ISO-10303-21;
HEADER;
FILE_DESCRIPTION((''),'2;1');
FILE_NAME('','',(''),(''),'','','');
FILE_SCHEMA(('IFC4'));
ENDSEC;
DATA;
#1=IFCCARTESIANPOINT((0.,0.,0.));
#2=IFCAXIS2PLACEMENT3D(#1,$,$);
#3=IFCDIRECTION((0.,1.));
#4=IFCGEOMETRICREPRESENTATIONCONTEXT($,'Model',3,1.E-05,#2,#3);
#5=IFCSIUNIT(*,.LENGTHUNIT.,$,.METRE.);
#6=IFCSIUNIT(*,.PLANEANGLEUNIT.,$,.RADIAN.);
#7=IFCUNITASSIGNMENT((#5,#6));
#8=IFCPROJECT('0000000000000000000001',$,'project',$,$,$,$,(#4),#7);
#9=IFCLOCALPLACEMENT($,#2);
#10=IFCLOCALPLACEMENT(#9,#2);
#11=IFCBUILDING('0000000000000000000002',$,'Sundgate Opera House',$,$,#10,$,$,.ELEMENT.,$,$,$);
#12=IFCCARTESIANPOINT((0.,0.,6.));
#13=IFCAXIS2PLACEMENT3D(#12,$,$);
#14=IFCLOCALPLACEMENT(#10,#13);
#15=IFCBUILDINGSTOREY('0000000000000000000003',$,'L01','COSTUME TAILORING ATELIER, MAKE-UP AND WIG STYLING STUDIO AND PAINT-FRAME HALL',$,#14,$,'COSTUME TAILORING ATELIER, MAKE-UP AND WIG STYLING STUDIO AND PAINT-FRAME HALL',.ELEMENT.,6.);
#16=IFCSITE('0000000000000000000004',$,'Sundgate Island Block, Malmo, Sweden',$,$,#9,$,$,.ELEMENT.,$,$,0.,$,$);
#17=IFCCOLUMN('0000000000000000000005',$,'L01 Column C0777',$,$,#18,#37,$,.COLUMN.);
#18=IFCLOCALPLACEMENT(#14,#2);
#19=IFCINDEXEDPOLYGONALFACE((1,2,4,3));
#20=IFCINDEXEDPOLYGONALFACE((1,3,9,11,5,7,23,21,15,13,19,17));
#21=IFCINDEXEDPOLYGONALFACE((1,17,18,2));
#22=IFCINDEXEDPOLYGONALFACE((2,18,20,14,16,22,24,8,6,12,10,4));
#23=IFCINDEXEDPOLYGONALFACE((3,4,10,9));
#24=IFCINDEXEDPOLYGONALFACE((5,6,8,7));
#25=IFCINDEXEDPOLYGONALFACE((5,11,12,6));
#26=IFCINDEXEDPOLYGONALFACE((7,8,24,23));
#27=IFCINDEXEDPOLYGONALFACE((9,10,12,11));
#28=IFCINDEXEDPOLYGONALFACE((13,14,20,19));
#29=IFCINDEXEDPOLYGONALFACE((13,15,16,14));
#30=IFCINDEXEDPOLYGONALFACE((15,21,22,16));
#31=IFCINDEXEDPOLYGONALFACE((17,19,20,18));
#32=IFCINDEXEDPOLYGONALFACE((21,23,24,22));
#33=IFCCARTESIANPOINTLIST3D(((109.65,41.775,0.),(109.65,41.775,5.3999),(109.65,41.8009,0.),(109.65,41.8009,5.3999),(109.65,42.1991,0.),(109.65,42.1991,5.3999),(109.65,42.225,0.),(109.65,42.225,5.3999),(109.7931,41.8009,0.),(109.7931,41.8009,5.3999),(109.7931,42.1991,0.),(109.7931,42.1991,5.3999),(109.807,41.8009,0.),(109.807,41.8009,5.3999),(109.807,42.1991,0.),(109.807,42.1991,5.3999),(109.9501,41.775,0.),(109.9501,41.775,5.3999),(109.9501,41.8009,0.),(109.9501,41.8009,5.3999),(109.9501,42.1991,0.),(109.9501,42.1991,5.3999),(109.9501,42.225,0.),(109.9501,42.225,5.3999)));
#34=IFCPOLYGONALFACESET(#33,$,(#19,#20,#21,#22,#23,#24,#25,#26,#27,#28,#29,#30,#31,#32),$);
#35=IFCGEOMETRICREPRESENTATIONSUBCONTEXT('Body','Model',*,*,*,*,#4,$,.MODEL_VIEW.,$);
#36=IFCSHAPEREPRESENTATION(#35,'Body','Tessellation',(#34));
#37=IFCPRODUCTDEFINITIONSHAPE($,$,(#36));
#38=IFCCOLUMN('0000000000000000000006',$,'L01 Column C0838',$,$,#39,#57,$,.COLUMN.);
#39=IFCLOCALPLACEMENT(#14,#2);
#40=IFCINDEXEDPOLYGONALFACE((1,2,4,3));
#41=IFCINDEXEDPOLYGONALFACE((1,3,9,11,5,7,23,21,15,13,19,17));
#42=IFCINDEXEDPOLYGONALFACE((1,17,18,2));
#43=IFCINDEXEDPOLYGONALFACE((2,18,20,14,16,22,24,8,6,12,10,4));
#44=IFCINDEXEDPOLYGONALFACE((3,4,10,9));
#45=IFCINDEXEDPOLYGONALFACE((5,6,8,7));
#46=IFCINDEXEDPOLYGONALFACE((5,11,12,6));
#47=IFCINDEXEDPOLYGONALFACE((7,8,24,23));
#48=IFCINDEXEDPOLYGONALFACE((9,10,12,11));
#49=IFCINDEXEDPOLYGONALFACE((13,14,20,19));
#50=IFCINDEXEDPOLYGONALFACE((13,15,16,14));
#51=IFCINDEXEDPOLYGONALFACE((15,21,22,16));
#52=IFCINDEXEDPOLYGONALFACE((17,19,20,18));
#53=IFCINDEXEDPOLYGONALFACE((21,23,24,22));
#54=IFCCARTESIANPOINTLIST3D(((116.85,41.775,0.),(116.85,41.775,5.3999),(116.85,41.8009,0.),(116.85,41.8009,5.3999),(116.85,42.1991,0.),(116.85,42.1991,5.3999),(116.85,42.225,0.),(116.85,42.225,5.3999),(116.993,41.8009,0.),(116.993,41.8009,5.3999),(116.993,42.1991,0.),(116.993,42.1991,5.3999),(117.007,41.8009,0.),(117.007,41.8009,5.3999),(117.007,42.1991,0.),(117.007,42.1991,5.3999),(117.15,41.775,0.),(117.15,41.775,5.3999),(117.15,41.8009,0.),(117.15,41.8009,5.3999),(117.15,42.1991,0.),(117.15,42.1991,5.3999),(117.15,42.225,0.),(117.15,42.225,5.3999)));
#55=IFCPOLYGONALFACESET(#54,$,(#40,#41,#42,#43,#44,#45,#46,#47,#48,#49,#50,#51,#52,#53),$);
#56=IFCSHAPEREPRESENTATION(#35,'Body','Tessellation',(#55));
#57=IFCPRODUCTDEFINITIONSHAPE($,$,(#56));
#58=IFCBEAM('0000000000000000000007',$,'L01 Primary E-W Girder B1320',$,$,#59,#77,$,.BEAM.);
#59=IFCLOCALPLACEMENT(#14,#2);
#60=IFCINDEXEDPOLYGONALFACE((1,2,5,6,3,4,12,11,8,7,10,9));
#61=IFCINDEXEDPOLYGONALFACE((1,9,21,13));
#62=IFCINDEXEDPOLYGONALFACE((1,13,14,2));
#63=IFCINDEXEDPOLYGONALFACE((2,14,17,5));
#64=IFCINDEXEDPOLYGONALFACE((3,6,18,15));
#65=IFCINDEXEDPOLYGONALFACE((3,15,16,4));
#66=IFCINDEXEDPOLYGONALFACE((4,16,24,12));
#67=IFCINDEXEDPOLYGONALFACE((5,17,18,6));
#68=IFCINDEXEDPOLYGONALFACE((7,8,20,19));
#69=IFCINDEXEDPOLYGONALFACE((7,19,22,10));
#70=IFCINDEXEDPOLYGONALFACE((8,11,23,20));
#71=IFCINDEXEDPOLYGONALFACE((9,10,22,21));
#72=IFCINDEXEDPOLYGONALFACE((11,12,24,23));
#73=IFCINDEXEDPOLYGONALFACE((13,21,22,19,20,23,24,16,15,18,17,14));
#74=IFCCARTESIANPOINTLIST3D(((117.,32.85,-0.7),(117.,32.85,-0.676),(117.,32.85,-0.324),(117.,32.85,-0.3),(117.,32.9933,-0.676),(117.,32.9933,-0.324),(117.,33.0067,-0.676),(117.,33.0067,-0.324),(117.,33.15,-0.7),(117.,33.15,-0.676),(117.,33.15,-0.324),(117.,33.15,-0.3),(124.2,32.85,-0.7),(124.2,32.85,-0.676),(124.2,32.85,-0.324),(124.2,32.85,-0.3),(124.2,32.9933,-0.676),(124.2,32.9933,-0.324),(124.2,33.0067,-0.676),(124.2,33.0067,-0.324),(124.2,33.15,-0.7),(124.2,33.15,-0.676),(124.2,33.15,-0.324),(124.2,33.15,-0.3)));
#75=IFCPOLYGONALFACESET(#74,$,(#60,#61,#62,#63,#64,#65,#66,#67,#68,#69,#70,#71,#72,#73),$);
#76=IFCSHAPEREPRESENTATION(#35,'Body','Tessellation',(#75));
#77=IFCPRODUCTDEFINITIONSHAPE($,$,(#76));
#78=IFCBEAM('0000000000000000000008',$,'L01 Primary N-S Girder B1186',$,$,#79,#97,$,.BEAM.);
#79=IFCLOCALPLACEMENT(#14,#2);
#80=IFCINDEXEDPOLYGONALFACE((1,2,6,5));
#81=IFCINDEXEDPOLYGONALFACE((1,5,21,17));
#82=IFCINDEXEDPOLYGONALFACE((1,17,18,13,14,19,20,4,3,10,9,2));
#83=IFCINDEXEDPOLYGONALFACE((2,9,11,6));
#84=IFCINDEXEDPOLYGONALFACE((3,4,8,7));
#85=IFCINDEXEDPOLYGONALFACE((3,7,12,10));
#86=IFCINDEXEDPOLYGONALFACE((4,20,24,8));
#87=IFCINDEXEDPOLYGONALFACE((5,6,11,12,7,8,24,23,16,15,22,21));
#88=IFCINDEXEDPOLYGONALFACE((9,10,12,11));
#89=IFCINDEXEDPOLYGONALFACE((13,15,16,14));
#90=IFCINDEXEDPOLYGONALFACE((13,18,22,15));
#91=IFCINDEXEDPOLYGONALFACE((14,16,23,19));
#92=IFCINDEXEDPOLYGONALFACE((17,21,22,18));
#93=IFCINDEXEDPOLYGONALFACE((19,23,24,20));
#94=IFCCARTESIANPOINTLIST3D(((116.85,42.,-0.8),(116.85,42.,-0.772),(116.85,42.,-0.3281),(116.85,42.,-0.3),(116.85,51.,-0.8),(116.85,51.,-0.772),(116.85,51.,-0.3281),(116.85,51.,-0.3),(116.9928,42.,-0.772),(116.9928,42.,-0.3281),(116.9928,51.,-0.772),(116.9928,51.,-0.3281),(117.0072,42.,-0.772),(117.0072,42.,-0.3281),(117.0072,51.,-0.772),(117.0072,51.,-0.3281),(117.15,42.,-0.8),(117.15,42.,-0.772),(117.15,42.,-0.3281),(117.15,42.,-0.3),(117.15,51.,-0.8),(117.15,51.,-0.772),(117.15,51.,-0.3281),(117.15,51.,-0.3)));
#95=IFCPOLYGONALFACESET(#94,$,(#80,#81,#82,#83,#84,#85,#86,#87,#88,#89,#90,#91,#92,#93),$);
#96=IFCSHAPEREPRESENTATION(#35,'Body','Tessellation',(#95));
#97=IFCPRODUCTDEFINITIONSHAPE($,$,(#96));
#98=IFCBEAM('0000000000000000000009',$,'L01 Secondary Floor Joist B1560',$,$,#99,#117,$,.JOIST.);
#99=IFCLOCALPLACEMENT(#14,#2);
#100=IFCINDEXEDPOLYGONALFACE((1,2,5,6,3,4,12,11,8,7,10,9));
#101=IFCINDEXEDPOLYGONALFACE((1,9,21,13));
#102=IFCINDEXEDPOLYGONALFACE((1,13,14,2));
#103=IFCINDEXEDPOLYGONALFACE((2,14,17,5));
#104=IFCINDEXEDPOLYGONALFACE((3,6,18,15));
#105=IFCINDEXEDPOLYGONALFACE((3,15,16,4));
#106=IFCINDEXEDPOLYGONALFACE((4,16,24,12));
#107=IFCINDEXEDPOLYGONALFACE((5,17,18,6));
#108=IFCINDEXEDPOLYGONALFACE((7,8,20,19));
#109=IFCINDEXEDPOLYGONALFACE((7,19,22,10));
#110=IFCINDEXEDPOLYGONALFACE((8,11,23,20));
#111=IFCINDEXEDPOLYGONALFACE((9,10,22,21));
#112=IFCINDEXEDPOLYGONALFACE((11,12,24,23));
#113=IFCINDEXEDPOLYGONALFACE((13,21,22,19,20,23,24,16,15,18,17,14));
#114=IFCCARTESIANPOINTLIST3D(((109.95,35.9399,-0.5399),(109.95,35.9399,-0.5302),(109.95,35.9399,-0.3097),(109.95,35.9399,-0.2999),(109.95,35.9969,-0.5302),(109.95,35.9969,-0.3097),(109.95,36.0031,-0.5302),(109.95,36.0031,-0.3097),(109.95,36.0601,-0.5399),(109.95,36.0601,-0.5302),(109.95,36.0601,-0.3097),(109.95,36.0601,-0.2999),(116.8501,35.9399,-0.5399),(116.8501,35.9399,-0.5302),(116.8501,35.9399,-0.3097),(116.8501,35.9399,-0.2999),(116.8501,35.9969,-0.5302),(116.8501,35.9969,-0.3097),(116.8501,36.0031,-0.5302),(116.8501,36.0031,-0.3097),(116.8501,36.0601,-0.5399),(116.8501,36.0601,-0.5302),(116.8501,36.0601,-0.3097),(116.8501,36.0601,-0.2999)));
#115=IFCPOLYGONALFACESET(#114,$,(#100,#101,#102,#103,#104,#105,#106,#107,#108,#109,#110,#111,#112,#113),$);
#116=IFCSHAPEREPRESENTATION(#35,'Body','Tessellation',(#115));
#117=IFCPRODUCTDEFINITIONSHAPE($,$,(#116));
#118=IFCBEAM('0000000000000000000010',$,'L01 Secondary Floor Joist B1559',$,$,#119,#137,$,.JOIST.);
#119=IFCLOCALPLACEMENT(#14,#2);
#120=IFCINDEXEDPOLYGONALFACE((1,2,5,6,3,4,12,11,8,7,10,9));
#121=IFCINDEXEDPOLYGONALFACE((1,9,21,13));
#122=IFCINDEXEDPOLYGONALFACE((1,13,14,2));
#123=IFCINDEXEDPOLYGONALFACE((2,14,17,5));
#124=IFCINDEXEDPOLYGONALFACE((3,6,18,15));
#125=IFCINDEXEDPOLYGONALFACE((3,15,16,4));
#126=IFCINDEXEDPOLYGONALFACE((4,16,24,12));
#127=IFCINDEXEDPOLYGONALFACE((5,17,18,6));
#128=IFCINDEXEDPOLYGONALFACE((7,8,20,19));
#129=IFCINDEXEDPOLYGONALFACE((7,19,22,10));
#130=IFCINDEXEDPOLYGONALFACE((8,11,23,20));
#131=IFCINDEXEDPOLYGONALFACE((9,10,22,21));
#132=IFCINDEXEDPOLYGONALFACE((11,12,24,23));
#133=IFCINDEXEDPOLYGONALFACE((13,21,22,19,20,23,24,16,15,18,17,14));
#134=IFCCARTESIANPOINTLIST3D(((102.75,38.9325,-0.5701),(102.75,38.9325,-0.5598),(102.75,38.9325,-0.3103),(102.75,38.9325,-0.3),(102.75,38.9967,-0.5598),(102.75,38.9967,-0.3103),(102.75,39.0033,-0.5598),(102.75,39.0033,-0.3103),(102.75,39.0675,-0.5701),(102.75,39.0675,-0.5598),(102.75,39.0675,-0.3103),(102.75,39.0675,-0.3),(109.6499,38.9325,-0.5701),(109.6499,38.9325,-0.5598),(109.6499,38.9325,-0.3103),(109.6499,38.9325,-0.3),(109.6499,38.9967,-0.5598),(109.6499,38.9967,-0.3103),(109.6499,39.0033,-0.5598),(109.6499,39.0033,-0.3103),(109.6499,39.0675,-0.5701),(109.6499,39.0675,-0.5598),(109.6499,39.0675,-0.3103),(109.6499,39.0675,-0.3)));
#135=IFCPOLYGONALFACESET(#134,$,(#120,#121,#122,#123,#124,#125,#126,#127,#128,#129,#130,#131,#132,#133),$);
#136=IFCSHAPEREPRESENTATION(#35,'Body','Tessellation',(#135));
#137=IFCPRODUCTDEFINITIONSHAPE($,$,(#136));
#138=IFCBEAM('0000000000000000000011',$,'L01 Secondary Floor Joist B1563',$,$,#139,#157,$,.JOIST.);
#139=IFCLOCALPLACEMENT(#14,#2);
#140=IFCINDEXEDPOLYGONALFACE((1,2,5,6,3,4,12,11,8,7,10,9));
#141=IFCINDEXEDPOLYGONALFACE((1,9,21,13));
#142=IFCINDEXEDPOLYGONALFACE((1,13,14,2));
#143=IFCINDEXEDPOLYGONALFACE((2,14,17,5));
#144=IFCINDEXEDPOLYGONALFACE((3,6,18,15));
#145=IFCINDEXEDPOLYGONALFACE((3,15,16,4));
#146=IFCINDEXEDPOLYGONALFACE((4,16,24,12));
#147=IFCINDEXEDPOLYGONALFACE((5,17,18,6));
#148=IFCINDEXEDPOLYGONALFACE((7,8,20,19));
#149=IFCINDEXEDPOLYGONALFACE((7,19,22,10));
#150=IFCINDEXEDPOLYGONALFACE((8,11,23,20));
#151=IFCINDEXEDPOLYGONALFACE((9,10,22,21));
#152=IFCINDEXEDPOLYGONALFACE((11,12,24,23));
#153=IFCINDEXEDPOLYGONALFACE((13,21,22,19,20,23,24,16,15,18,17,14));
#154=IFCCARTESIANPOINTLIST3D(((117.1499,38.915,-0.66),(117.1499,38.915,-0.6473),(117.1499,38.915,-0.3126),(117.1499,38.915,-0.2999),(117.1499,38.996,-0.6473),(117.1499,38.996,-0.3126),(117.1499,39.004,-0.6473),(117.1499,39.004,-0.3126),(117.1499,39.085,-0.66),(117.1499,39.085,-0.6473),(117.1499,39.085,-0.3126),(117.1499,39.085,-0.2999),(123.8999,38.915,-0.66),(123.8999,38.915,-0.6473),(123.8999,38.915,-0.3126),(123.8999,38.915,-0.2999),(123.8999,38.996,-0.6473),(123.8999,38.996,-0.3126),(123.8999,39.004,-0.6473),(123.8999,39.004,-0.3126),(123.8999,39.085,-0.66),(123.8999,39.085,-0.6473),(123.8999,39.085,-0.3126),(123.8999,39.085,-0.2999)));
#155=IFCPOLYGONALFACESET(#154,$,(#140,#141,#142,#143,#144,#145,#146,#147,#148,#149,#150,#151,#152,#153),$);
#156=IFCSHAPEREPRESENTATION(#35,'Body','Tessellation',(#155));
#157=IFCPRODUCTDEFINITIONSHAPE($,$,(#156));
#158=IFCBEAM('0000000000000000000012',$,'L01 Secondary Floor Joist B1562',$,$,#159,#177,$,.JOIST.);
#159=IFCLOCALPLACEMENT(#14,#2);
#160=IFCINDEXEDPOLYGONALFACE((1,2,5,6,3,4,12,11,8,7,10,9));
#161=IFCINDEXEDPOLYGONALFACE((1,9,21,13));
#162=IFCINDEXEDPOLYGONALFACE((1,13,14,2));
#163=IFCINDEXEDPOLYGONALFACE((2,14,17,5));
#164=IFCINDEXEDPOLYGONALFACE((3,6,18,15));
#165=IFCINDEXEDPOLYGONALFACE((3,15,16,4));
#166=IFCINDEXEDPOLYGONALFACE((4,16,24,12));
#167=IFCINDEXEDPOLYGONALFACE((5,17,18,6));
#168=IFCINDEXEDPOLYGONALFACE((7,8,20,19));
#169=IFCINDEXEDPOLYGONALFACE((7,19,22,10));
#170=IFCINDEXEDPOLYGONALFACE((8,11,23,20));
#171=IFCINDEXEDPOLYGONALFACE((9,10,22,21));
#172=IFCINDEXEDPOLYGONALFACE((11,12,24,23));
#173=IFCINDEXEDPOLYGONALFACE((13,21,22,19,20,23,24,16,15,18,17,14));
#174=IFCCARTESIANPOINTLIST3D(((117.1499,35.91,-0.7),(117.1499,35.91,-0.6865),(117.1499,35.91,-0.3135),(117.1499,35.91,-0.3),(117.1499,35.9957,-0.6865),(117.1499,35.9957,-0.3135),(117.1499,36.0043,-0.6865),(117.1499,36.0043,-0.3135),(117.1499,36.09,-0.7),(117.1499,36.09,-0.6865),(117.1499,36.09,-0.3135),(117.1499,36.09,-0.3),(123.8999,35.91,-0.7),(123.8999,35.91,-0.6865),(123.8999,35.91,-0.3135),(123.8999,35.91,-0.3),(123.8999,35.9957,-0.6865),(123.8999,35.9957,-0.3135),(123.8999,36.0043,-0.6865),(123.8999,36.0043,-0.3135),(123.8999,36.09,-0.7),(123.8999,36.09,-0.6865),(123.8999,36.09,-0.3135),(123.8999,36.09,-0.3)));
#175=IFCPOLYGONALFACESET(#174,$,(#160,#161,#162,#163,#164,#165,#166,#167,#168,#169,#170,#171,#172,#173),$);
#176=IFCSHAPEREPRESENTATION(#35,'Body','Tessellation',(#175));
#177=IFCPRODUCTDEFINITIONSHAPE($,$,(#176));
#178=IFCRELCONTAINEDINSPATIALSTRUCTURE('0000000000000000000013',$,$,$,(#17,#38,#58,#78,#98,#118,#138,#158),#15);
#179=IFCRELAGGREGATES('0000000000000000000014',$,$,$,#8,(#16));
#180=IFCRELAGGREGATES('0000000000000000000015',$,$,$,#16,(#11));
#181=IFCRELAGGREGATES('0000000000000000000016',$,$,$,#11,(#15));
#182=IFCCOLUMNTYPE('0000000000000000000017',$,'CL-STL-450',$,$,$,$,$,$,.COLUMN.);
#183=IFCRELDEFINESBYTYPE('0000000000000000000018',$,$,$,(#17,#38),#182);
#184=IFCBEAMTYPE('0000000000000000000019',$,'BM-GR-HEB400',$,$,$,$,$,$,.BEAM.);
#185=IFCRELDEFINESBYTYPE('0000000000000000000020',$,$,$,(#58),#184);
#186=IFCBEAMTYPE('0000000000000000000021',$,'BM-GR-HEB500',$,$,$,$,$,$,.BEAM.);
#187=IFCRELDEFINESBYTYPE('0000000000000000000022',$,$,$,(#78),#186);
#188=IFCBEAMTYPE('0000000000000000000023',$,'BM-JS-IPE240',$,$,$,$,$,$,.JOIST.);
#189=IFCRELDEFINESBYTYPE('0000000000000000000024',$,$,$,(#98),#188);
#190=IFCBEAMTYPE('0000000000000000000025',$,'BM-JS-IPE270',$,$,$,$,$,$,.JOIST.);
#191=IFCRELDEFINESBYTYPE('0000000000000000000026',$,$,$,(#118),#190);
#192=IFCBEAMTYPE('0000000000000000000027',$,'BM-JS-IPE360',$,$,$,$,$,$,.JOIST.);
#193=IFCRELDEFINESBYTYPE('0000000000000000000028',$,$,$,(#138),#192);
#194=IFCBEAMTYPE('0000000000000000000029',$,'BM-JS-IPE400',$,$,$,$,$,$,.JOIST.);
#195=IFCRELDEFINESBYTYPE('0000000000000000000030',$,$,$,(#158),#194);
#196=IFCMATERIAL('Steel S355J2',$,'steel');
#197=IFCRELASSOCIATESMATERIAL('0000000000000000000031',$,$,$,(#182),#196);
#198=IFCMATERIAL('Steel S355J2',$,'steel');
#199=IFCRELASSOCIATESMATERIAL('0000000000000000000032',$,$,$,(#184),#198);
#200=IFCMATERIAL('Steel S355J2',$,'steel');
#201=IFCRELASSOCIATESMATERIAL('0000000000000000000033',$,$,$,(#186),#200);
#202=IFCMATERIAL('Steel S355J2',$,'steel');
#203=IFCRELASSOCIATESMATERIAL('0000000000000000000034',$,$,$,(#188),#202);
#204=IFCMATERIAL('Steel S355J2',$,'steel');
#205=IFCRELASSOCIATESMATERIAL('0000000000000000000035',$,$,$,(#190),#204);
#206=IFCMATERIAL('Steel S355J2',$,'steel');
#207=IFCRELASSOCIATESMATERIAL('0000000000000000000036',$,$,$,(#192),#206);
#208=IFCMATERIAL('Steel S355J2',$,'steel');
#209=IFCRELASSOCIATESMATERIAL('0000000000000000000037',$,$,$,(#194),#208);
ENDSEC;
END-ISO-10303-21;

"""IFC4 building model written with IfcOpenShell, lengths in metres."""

from ifc_helpers import new_model, si_unit, direction, frame, origin, origin_2d, place, context, subcontext, project, spatial, i_section, extrude, material, material_profile, profile_set, type_object, element, save


model = new_model("IFC4")

# Units and contexts
model_context = context("Model", 3, precision=1e-05, world=origin(), true_north=direction((0.0, 1.0)))
body_context = subcontext(model_context, "Body", "Model", "MODEL_VIEW")
ifc_project = project(units=[si_unit("LENGTHUNIT", "METRE"), si_unit("PLANEANGLEUNIT", "RADIAN")], contexts=[model_context])

# Site, building, storey
site_placement = place(None, origin())
site = spatial("IfcSite", under=ifc_project, at=site_placement, Name="Sundgate Island Block, Malmo, Sweden", CompositionType="ELEMENT", RefElevation=0.0)
building_placement = place(site_placement, origin())
building = spatial("IfcBuilding", under=site, at=building_placement, Name="Sundgate Opera House", CompositionType="ELEMENT")
storey_placement = place(building_placement, frame((0.0, 0.0, 6.0)))
storey = spatial("IfcBuildingStorey", under=building, at=storey_placement, Name="L01", Description="COSTUME TAILORING ATELIER, MAKE-UP AND WIG STYLING STUDIO AND PAINT-FRAME HALL", LongName="COSTUME TAILORING ATELIER, MAKE-UP AND WIG STYLING STUDIO AND PAINT-FRAME HALL", CompositionType="ELEMENT", Elevation=6.0)

# Columns
ifc_material_1 = material(Name="Steel S355J2", Category="steel")
ifc_material_profile_1 = material_profile(ifc_material_1, i_section(OverallWidth=0.3, OverallDepth=0.45, WebThickness=0.0139, FlangeThickness=0.0259, at=origin_2d()), Name="HEB 450")
ifc_profile_set_1 = profile_set([ifc_material_profile_1], Name="Steel S355J2")
column_type = type_object("IfcColumnType", Name="CL-STL-450", PredefinedType="COLUMN", material=ifc_profile_set_1)
for number, where, z_axis, x_axis, name in (
    (1, (109.8, 42.0, 0.0), (0.0, 0.0, 1.0), (1.0, 0.0, 0.0), "L01 Column C0777"),
    (2, (117.0, 42.0, 0.0), (0.0, 0.0, 1.0), (1.0, 0.0, 0.0), "L01 Column C0838"),
):
    element("IfcColumn", number, at=place(storey_placement, frame(where, z_axis=z_axis, x_axis=x_axis)), inside=storey, type_object=column_type, Name=name, PredefinedType="COLUMN", context=body_context, shape_type="SweptSolid", body=[
        extrude(i_section(OverallWidth=0.3, OverallDepth=0.45, WebThickness=0.0139, FlangeThickness=0.0259, at=origin_2d()), origin(), (0.0, 0.0, 1.0), 5.3999),
    ])

# Beams
ifc_material_2 = material(Name="Steel S355J2", Category="steel")
ifc_material_profile_2 = material_profile(ifc_material_2, i_section(OverallWidth=0.3, OverallDepth=0.3999, WebThickness=0.0134, FlangeThickness=0.0239, at=origin_2d()), Name="HEB 400")
ifc_profile_set_2 = profile_set([ifc_material_profile_2], Name="Steel S355J2")
beam_type_1 = type_object("IfcBeamType", Name="BM-GR-HEB400", PredefinedType="BEAM", material=ifc_profile_set_2)
beam_1_placement = place(storey_placement, frame((117.0, 33.0, -0.5), z_axis=(1.0, 0.0, 0.0), x_axis=(0.0, 1.0, 0.0)))
element("IfcBeam", 3, at=beam_1_placement, inside=storey, type_object=beam_type_1, Name="L01 Primary E-W Girder B1320", PredefinedType="BEAM", context=body_context, shape_type="SweptSolid", body=[
    extrude(i_section(OverallWidth=0.3, OverallDepth=0.3999, WebThickness=0.0134, FlangeThickness=0.0239, at=origin_2d()), origin(), (0.0, 0.0, 1.0), 7.2),
])
ifc_material_3 = material(Name="Steel S355J2", Category="steel")
ifc_material_profile_3 = material_profile(ifc_material_3, i_section(OverallWidth=0.3, OverallDepth=0.5, WebThickness=0.0144, FlangeThickness=0.0281, at=origin_2d()), Name="HEB 500")
ifc_profile_set_3 = profile_set([ifc_material_profile_3], Name="Steel S355J2")
beam_type_2 = type_object("IfcBeamType", Name="BM-GR-HEB500", PredefinedType="BEAM", material=ifc_profile_set_3)
beam_2_placement = place(storey_placement, frame((117.0, 42.0, -0.55), z_axis=(0.0, 1.0, 0.0), x_axis=(-1.0, 0.0, 0.0)))
element("IfcBeam", 4, at=beam_2_placement, inside=storey, type_object=beam_type_2, Name="L01 Primary N-S Girder B1186", PredefinedType="BEAM", context=body_context, shape_type="SweptSolid", body=[
    extrude(i_section(OverallWidth=0.3, OverallDepth=0.5, WebThickness=0.0144, FlangeThickness=0.0281, at=origin_2d()), origin(), (0.0, 0.0, 1.0), 9.0),
])
ifc_material_4 = material(Name="Steel S355J2", Category="steel")
ifc_material_profile_4 = material_profile(ifc_material_4, i_section(OverallWidth=0.1201, OverallDepth=0.24, WebThickness=0.0061, FlangeThickness=0.0098, at=origin_2d()), Name="IPE 240")
ifc_profile_set_4 = profile_set([ifc_material_profile_4], Name="Steel S355J2")
beam_type_3 = type_object("IfcBeamType", Name="BM-JS-IPE240", PredefinedType="JOIST", material=ifc_profile_set_4)
beam_3_placement = place(storey_placement, frame((109.95, 36.0, -0.4199), z_axis=(1.0, 0.0, 0.0), x_axis=(0.0, 1.0, 0.0)))
element("IfcBeam", 5, at=beam_3_placement, inside=storey, type_object=beam_type_3, Name="L01 Secondary Floor Joist B1560", PredefinedType="JOIST", context=body_context, shape_type="SweptSolid", body=[
    extrude(i_section(OverallWidth=0.1201, OverallDepth=0.24, WebThickness=0.0061, FlangeThickness=0.0098, at=origin_2d()), origin(), (0.0, 0.0, 1.0), 6.9001),
])
ifc_material_5 = material(Name="Steel S355J2", Category="steel")
ifc_material_profile_5 = material_profile(ifc_material_5, i_section(OverallWidth=0.135, OverallDepth=0.27, WebThickness=0.0066, FlangeThickness=0.0103, at=origin_2d()), Name="IPE 270")
ifc_profile_set_5 = profile_set([ifc_material_profile_5], Name="Steel S355J2")
beam_type_4 = type_object("IfcBeamType", Name="BM-JS-IPE270", PredefinedType="JOIST", material=ifc_profile_set_5)
beam_4_placement = place(storey_placement, frame((102.75, 39.0, -0.4351), z_axis=(1.0, 0.0, 0.0), x_axis=(0.0, 1.0, 0.0)))
element("IfcBeam", 6, at=beam_4_placement, inside=storey, type_object=beam_type_4, Name="L01 Secondary Floor Joist B1559", PredefinedType="JOIST", context=body_context, shape_type="SweptSolid", body=[
    extrude(i_section(OverallWidth=0.135, OverallDepth=0.27, WebThickness=0.0066, FlangeThickness=0.0103, at=origin_2d()), origin(), (0.0, 0.0, 1.0), 6.8999),
])
ifc_material_6 = material(Name="Steel S355J2", Category="steel")
ifc_material_profile_6 = material_profile(ifc_material_6, i_section(OverallWidth=0.1699, OverallDepth=0.3601, WebThickness=0.0081, FlangeThickness=0.0127, at=origin_2d()), Name="IPE 360")
ifc_profile_set_6 = profile_set([ifc_material_profile_6], Name="Steel S355J2")
beam_type_5 = type_object("IfcBeamType", Name="BM-JS-IPE360", PredefinedType="JOIST", material=ifc_profile_set_6)
beam_5_placement = place(storey_placement, frame((117.1499, 39.0, -0.48), z_axis=(1.0, 0.0, 0.0), x_axis=(0.0, 1.0, 0.0)))
element("IfcBeam", 7, at=beam_5_placement, inside=storey, type_object=beam_type_5, Name="L01 Secondary Floor Joist B1563", PredefinedType="JOIST", context=body_context, shape_type="SweptSolid", body=[
    extrude(i_section(OverallWidth=0.1699, OverallDepth=0.3601, WebThickness=0.0081, FlangeThickness=0.0127, at=origin_2d()), origin(), (0.0, 0.0, 1.0), 6.75),
])
ifc_material_7 = material(Name="Steel S355J2", Category="steel")
ifc_material_profile_7 = material_profile(ifc_material_7, i_section(OverallWidth=0.1799, OverallDepth=0.3999, WebThickness=0.0085, FlangeThickness=0.0134, at=origin_2d()), Name="IPE 400")
ifc_profile_set_7 = profile_set([ifc_material_profile_7], Name="Steel S355J2")
beam_type_6 = type_object("IfcBeamType", Name="BM-JS-IPE400", PredefinedType="JOIST", material=ifc_profile_set_7)
beam_6_placement = place(storey_placement, frame((117.1499, 36.0, -0.5), z_axis=(1.0, 0.0, 0.0), x_axis=(0.0, 1.0, 0.0)))
element("IfcBeam", 8, at=beam_6_placement, inside=storey, type_object=beam_type_6, Name="L01 Secondary Floor Joist B1562", PredefinedType="JOIST", context=body_context, shape_type="SweptSolid", body=[
    extrude(i_section(OverallWidth=0.1799, OverallDepth=0.3999, WebThickness=0.0085, FlangeThickness=0.0134, at=origin_2d()), origin(), (0.0, 0.0, 1.0), 6.75),
])

save(model, "model.ifc")
